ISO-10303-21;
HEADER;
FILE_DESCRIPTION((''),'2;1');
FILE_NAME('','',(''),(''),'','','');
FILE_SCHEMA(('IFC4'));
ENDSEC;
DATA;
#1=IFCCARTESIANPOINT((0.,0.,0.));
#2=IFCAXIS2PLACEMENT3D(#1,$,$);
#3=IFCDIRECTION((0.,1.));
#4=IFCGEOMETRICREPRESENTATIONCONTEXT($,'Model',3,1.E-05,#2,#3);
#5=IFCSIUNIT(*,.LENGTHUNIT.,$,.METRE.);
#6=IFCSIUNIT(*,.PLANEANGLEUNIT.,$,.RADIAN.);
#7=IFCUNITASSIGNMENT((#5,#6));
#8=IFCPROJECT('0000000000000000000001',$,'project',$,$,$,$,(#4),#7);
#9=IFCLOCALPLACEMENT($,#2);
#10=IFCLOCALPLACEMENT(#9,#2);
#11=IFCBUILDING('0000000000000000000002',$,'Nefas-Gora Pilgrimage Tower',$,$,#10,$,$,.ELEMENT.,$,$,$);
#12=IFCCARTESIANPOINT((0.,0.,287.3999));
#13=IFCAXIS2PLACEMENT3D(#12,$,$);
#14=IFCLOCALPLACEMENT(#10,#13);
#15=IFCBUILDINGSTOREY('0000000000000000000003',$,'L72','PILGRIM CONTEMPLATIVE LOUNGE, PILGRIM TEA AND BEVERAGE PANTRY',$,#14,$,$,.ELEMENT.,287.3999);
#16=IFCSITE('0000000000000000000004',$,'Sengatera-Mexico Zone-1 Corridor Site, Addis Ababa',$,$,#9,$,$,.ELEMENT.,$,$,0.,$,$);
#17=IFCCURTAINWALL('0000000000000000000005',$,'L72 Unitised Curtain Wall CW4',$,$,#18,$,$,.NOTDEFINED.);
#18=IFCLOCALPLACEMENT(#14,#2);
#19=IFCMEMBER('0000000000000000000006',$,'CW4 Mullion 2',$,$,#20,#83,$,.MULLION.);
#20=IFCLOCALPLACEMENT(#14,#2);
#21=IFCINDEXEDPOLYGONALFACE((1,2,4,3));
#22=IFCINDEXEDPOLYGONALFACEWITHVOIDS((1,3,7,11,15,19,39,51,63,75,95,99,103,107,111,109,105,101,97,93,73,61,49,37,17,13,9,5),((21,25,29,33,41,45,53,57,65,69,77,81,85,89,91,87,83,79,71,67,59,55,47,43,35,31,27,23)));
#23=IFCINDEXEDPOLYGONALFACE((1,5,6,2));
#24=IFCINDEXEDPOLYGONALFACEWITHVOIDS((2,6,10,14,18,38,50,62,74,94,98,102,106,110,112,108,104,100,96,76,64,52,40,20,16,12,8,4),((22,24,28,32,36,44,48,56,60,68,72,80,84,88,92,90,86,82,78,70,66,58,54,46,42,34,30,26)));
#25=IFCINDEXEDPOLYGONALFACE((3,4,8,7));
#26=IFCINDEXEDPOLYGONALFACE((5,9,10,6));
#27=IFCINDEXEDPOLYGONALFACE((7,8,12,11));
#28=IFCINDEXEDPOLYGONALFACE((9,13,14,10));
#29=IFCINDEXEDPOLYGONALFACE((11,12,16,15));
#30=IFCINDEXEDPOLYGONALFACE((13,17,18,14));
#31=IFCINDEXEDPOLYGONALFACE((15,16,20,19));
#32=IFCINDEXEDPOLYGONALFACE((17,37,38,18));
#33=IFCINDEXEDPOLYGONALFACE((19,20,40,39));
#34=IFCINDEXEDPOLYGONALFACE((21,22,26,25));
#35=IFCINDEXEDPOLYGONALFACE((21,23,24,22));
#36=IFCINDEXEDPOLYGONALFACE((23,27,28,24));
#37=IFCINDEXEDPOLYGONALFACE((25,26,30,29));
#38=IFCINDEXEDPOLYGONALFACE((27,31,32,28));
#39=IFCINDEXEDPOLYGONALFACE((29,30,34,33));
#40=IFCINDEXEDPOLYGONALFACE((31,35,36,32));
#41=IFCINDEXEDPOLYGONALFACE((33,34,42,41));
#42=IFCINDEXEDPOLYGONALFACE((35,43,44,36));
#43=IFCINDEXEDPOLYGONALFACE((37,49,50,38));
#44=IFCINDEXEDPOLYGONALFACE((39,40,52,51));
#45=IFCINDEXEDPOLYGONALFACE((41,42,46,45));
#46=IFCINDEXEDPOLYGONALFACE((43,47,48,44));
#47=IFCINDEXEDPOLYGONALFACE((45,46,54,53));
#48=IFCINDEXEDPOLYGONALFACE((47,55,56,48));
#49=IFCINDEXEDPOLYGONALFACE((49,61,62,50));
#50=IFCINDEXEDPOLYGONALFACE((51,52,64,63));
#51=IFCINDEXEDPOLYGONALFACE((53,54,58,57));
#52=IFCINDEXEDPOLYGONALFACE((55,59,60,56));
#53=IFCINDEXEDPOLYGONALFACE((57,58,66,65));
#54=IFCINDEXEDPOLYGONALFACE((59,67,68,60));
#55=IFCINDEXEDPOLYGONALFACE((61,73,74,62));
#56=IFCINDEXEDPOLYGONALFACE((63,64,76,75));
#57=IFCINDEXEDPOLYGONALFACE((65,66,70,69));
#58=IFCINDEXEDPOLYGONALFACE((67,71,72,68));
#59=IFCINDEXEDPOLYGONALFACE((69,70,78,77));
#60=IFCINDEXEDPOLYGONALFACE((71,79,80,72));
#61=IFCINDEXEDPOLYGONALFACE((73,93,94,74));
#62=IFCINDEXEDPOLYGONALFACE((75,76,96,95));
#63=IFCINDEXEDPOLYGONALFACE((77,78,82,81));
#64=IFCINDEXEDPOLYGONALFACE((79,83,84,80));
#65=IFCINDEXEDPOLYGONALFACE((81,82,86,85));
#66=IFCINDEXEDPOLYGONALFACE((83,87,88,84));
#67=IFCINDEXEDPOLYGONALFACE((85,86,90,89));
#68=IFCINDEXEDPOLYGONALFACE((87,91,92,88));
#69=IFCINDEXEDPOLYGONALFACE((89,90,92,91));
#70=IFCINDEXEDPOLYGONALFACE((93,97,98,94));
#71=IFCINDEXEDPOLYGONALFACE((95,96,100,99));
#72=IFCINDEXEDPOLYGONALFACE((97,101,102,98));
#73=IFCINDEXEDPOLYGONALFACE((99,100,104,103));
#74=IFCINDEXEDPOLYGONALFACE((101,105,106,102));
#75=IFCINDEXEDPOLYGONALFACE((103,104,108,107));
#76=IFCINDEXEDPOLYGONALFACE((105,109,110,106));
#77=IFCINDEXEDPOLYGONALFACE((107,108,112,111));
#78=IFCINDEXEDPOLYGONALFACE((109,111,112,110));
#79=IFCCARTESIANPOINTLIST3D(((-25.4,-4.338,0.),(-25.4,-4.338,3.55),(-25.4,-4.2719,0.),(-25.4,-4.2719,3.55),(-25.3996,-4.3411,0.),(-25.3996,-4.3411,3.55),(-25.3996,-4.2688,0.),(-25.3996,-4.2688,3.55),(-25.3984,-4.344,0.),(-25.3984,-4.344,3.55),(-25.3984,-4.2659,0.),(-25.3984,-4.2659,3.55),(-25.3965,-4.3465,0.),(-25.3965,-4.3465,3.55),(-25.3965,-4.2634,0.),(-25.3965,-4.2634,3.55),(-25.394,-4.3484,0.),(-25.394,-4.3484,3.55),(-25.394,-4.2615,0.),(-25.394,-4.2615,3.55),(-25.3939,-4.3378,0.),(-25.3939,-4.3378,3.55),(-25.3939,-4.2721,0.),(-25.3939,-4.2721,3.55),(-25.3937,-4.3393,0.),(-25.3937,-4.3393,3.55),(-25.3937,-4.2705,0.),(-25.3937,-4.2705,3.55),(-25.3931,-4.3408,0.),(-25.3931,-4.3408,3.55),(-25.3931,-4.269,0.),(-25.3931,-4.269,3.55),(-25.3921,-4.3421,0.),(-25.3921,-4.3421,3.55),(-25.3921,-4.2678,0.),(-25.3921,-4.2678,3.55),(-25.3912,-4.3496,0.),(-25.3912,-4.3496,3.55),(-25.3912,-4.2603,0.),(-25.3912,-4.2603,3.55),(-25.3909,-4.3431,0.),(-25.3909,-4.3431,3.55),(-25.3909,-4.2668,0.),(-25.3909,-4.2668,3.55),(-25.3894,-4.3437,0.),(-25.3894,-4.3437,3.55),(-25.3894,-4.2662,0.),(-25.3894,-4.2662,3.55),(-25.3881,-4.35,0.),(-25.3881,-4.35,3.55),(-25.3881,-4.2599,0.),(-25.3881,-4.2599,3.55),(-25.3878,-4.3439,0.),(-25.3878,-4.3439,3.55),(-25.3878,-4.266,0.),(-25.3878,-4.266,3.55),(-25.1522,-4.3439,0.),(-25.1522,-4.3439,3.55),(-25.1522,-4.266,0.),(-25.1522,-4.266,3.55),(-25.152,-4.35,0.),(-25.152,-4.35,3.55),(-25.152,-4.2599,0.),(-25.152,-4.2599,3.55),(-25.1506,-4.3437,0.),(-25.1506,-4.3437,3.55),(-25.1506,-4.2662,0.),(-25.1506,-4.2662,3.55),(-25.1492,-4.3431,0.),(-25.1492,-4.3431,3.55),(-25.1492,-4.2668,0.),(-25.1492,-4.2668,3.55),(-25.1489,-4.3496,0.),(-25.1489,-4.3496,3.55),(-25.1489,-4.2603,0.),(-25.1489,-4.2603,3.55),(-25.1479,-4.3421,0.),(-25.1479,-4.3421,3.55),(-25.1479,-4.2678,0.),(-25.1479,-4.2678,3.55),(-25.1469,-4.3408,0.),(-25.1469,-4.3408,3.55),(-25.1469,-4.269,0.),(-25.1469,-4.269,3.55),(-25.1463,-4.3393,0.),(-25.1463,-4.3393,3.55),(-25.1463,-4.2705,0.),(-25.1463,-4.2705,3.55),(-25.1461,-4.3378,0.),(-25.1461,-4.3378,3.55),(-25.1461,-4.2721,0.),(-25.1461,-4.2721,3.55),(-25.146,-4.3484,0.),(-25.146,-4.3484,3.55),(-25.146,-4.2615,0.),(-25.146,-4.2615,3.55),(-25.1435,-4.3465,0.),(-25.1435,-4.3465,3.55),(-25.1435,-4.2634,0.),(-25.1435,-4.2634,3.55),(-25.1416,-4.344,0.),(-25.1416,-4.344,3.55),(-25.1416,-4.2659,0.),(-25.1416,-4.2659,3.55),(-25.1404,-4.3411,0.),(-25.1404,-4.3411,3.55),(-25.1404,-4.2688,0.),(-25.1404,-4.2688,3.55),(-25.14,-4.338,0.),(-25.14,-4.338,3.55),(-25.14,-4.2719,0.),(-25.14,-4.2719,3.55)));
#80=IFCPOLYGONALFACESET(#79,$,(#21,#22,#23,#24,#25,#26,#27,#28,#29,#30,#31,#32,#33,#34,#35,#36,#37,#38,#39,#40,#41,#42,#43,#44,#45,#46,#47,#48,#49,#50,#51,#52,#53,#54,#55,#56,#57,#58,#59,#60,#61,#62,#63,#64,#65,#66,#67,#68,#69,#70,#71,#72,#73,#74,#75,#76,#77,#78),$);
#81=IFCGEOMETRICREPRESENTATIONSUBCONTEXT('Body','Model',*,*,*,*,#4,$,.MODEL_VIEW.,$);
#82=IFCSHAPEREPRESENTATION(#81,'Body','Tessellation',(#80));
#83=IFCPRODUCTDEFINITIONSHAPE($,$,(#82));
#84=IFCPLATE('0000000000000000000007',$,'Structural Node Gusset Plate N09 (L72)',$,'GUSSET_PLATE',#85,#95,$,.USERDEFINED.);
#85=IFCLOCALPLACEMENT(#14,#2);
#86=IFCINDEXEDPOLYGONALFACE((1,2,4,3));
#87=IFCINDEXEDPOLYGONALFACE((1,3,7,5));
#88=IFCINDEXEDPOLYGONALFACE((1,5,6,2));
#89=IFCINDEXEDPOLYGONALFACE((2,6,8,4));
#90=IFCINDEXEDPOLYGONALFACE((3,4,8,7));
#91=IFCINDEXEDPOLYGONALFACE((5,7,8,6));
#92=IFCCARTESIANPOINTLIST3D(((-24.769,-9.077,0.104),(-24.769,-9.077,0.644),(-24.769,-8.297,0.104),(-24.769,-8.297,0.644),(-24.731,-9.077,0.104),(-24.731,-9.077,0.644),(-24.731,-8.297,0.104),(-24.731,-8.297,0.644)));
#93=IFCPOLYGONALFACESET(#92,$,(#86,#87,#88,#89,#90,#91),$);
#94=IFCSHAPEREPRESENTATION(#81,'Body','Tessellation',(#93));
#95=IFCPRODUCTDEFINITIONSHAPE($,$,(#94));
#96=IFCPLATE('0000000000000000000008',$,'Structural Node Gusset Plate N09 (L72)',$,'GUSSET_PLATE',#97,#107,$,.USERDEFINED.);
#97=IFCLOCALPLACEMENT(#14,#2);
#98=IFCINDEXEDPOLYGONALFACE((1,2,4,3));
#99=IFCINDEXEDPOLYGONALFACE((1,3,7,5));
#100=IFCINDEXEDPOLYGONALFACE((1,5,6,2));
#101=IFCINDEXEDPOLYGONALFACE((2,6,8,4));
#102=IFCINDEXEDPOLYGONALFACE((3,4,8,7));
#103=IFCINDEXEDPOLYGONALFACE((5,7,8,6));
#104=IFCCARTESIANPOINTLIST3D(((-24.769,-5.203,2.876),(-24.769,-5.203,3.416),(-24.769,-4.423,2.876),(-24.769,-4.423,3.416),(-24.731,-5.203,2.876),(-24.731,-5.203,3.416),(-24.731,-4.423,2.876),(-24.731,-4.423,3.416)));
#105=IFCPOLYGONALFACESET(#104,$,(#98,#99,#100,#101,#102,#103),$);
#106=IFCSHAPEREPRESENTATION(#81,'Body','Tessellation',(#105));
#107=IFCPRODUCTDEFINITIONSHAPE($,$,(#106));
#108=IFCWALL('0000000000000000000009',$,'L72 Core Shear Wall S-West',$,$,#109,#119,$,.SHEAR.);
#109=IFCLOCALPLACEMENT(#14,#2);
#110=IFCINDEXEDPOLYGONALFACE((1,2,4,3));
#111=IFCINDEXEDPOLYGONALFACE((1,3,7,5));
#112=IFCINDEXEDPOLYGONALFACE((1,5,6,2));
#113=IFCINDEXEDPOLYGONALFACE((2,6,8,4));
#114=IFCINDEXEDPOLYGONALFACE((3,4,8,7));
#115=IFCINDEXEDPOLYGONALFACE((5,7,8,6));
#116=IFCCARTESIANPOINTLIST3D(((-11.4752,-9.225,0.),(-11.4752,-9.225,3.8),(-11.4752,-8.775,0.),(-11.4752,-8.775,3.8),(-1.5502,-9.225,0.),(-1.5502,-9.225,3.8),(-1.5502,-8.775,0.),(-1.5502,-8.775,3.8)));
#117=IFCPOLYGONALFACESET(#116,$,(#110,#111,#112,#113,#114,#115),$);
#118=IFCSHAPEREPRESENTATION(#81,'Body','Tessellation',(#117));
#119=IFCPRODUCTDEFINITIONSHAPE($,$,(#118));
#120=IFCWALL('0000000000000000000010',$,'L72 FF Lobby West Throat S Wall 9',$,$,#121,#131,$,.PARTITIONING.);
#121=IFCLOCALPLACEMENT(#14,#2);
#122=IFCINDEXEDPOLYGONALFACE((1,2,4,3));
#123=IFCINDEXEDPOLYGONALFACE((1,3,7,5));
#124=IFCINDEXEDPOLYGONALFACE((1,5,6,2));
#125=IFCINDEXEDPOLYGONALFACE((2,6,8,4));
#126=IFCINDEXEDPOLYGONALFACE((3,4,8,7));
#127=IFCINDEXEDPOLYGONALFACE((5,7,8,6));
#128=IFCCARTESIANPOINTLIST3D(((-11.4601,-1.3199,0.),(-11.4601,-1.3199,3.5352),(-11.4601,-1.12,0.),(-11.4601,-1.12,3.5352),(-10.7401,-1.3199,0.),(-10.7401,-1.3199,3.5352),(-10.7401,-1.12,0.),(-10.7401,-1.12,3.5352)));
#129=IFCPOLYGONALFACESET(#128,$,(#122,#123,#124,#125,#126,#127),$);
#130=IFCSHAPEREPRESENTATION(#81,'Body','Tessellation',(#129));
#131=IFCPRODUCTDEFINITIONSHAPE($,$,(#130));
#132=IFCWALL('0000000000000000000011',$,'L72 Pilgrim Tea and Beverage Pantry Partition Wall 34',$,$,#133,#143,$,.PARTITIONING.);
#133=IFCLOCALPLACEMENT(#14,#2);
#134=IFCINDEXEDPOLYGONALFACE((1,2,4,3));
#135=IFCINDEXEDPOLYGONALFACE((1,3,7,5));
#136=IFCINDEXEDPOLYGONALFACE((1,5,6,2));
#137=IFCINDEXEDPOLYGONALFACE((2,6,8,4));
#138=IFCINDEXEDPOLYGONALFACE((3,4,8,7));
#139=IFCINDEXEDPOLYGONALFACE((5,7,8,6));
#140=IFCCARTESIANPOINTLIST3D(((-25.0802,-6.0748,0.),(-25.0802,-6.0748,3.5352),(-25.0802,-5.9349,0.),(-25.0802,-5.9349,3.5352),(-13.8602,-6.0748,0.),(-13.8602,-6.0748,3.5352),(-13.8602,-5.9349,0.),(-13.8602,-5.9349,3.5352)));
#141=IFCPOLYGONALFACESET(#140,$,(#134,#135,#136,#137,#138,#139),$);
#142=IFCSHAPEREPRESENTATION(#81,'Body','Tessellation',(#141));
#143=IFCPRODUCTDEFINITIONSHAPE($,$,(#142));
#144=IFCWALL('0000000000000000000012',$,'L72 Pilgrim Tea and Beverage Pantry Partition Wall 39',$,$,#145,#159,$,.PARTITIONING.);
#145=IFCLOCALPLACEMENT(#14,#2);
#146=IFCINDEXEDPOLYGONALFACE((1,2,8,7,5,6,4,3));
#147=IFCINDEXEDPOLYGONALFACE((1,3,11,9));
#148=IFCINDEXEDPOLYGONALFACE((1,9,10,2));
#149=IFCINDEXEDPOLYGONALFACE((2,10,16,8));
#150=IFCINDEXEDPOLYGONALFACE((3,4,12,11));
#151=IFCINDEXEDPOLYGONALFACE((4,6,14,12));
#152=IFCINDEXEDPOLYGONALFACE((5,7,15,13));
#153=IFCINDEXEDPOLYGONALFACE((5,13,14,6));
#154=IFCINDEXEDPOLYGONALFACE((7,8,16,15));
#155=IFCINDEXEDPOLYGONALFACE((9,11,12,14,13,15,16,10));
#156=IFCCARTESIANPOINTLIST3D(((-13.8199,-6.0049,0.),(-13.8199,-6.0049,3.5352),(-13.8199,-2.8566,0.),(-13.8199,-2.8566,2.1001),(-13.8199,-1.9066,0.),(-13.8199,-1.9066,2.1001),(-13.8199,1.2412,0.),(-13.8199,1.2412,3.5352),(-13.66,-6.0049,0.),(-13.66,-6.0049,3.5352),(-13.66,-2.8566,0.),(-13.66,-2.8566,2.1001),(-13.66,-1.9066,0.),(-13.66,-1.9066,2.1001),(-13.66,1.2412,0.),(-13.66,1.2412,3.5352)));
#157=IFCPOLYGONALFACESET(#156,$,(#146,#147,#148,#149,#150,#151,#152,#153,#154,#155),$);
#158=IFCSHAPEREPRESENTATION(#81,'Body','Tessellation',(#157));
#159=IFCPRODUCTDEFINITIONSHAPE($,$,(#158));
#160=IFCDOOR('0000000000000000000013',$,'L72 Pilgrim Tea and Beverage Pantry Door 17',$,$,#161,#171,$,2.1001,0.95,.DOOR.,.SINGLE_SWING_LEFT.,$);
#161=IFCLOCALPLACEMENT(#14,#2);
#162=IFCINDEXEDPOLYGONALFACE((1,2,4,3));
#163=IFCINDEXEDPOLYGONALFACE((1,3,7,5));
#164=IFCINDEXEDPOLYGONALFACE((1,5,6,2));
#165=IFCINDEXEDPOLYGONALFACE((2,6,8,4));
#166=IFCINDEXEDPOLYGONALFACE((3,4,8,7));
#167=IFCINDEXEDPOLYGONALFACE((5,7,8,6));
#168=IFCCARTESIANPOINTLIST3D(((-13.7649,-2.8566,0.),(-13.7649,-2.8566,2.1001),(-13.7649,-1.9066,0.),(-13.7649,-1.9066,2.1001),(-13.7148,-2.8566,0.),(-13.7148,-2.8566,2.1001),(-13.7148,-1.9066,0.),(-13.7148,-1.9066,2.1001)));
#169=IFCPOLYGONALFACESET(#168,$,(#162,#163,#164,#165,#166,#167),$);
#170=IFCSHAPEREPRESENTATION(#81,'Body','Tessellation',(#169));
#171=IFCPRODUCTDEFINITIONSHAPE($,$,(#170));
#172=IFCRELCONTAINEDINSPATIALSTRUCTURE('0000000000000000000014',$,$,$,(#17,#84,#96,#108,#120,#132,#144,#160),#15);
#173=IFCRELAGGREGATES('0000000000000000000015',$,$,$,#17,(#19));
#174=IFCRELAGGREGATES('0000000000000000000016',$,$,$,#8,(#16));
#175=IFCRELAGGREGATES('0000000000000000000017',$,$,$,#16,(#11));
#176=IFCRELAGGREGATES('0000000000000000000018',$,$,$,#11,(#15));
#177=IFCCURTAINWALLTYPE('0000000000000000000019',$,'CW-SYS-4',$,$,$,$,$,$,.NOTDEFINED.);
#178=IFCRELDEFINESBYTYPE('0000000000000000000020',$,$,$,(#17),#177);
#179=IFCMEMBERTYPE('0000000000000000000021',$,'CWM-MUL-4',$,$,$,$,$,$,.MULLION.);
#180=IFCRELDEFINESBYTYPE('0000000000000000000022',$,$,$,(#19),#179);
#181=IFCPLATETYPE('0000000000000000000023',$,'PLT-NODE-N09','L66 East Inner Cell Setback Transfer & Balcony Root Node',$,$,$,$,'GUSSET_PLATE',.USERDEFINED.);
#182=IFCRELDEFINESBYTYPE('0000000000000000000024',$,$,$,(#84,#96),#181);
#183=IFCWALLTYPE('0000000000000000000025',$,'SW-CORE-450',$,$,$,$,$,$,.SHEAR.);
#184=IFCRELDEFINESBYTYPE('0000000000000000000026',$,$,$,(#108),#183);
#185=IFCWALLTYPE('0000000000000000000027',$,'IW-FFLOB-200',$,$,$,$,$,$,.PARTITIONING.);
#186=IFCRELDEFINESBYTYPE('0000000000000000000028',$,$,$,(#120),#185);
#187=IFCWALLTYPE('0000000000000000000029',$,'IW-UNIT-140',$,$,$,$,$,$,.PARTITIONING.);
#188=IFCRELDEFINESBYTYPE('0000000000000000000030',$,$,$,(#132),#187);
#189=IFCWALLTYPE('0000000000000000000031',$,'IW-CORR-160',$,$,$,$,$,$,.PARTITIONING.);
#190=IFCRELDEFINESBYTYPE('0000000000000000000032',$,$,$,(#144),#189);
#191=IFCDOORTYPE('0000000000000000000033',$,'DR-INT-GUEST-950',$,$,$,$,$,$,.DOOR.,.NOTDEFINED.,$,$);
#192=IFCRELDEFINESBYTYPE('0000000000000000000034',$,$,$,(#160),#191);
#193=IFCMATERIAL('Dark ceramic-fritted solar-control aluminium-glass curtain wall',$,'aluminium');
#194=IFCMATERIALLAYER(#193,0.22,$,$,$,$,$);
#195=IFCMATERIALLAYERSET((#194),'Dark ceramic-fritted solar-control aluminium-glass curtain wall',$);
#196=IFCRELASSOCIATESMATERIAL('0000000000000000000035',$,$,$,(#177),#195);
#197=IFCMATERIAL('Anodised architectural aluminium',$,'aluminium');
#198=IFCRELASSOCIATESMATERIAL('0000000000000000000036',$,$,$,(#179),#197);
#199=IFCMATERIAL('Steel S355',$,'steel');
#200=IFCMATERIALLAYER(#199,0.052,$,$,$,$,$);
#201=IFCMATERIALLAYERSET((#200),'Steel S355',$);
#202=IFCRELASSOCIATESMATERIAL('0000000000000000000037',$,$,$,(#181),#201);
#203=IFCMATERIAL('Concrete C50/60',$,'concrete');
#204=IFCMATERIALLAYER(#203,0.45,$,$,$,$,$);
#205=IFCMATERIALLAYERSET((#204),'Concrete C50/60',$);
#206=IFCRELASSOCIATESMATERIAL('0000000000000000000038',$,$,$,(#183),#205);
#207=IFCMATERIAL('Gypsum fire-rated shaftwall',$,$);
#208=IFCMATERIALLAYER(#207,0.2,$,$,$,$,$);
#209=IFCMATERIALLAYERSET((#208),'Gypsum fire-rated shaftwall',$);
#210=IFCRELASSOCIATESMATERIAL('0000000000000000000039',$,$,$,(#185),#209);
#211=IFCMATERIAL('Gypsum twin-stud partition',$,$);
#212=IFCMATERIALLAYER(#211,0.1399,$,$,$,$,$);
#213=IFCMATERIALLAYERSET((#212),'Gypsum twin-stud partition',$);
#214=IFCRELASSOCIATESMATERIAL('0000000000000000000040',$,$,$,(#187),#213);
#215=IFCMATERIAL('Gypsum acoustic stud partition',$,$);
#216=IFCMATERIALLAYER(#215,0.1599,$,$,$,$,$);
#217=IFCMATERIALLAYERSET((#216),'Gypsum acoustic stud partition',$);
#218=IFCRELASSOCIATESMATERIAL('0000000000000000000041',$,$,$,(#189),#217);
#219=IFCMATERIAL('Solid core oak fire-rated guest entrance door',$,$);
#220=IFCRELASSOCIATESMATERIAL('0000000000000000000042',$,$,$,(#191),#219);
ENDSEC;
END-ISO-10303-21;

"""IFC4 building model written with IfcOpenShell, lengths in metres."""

from ifc_helpers import new_model, si_unit, direction, frame, frame_2d, origin, origin_2d, place, context, subcontext, project, spatial, rectangle, hollow_rectangle, extrude, source, transform, mapped, material, layer, layer_set, material_profile, profile_set, type_object, element, fill, aggregate, save


model = new_model("IFC4")

# Units and contexts
model_context = context("Model", 3, precision=1e-05, world=origin(), true_north=direction((0.0, 1.0)))
body_context = subcontext(model_context, "Body", "Model", "MODEL_VIEW")
ifc_project = project(units=[si_unit("LENGTHUNIT", "METRE"), si_unit("PLANEANGLEUNIT", "RADIAN")], contexts=[model_context])

# Site, building, storey
site_placement = place(None, origin())
site = spatial("IfcSite", under=ifc_project, at=site_placement, Name="Sengatera-Mexico Zone-1 Corridor Site, Addis Ababa", CompositionType="ELEMENT", RefElevation=0.0)
building_placement = place(site_placement, origin())
building = spatial("IfcBuilding", under=site, at=building_placement, Name="Nefas-Gora Pilgrimage Tower", CompositionType="ELEMENT")
storey_placement = place(building_placement, frame((0.0, 0.0, 287.3999)))
storey = spatial("IfcBuildingStorey", under=building, at=storey_placement, Name="L72", Description="PILGRIM CONTEMPLATIVE LOUNGE, PILGRIM TEA AND BEVERAGE PANTRY", CompositionType="ELEMENT", Elevation=287.3999)

# Shared definitions
ifc_material_1 = material(Name="Steel S355", Category="steel")

# Curtain wall, member
ifc_material_2 = material(Name="Dark ceramic-fritted solar-control aluminium-glass curtain wall", Category="aluminium")
ifc_layer_1 = layer(ifc_material_2, 0.22)
ifc_layer_set_1 = layer_set([ifc_layer_1], Name="Dark ceramic-fritted solar-control aluminium-glass curtain wall")
curtain_wall_type = type_object("IfcCurtainWallType", Name="CW-SYS-4", PredefinedType="NOTDEFINED", material=ifc_layer_set_1)
curtain_wall_placement = place(storey_placement, origin())
curtain_wall = element("IfcCurtainWall", 1, at=curtain_wall_placement, inside=storey, type_object=curtain_wall_type, Name="L72 Unitised Curtain Wall CW4", PredefinedType="NOTDEFINED")
ifc_material_3 = material(Name="Anodised architectural aluminium", Category="aluminium")
ifc_material_profile_1 = material_profile(ifc_material_3, hollow_rectangle(XDim=0.0901, YDim=0.26, WallThickness=0.0061, InnerFilletRadius=0.0061, OuterFilletRadius=0.012, at=origin_2d()), Name="ALU MULLION 90x260")
ifc_profile_set_1 = profile_set([ifc_material_profile_1], Name="Anodised architectural aluminium")
member_type_1 = type_object("IfcMemberType", Name="CWM-MUL-4", PredefinedType="MULLION", material=ifc_profile_set_1)
shared_shape_1 = source(origin(), body_context, "Body", "SweptSolid", [
    extrude(hollow_rectangle(XDim=0.0901, YDim=0.26, WallThickness=0.0061, InnerFilletRadius=0.0061, OuterFilletRadius=0.012, at=origin_2d()), origin(), (0.0, 0.0, 1.0), 3.55),
])
member_1_placement = place(storey_placement, frame((-25.27, -4.3049, 0.0), z_axis=(0.0, 0.0, 1.0), x_axis=(0.0, -1.0, 0.0)))
member_1 = element("IfcMember", 2, at=member_1_placement, type_object=member_type_1, Name="CW4 Mullion 2", PredefinedType="MULLION", context=body_context, shape_type="MappedRepresentation", body=[
    mapped(shared_shape_1, transform((0.0, 0.0, 0.0), x_axis=(1.0, 0.0, 0.0), y_axis=(0.0, 1.0, 0.0), z_axis=(0.0, 0.0, 1.0), scale=1.0)),
])
aggregate(curtain_wall, [member_1])

# Plates
ifc_layer_2 = layer(ifc_material_1, 0.052)
ifc_layer_set_2 = layer_set([ifc_layer_2], Name="Steel S355")
plate_type = type_object("IfcPlateType", Name="PLT-NODE-N09", Description="L66 East Inner Cell Setback Transfer & Balcony Root Node", ElementType="GUSSET_PLATE", PredefinedType="USERDEFINED", material=ifc_layer_set_2)
shared_shape_2 = source(origin(), body_context, "Body", "SweptSolid", [
    extrude(rectangle(XDim=0.78, YDim=0.0381, at=origin_2d()), origin(), (0.0, 0.0, 1.0), 0.54),
])
for number, where, z_axis, x_axis, name in (
    (3, (-24.75, -8.687, 0.104), (0.0, 0.0, 1.0), (0.0, 1.0, 0.0), "Structural Node Gusset Plate N09 (L72)"),
    (4, (-24.75, -4.813, 2.876), (0.0, 0.0, 1.0), (0.0, 1.0, 0.0), "Structural Node Gusset Plate N09 (L72)"),
):
    element("IfcPlate", number, at=place(storey_placement, frame(where, z_axis=z_axis, x_axis=x_axis)), inside=storey, type_object=plate_type, Name=name, ObjectType="GUSSET_PLATE", PredefinedType="USERDEFINED", context=body_context, shape_type="MappedRepresentation", body=[
        mapped(shared_shape_2, transform((0.0, 0.0, 0.0), x_axis=(1.0, 0.0, 0.0), y_axis=(0.0, 1.0, 0.0), z_axis=(0.0, 0.0, 1.0), scale=1.0)),
    ])

# Walls
ifc_material_4 = material(Name="Concrete C50/60", Category="concrete")
ifc_layer_3 = layer(ifc_material_4, 0.45)
ifc_layer_set_3 = layer_set([ifc_layer_3], Name="Concrete C50/60")
wall_type_1 = type_object("IfcWallType", Name="SW-CORE-450", PredefinedType="SHEAR", material=ifc_layer_set_3)
shared_shape_3 = source(origin(), body_context, "Body", "SweptSolid", [
    extrude(rectangle(XDim=9.925, YDim=0.45, at=frame_2d((4.9624, 0.0))), origin(), (0.0, 0.0, 1.0), 3.8),
])
wall_1_placement = place(storey_placement, frame((-11.4751, -9.0, 0.0), z_axis=(0.0, 0.0, 1.0), x_axis=(1.0, 0.0, 0.0)))
element("IfcWall", 5, at=wall_1_placement, inside=storey, type_object=wall_type_1, Name="L72 Core Shear Wall S-West", PredefinedType="SHEAR", context=body_context, shape_type="MappedRepresentation", body=[
    mapped(shared_shape_3, transform((0.0, 0.0, 0.0), x_axis=(1.0, 0.0, 0.0), y_axis=(0.0, 1.0, 0.0), z_axis=(0.0, 0.0, 1.0), scale=1.0)),
])
ifc_material_5 = material(Name="Gypsum fire-rated shaftwall")
ifc_layer_4 = layer(ifc_material_5, 0.2)
ifc_layer_set_4 = layer_set([ifc_layer_4], Name="Gypsum fire-rated shaftwall")
wall_type_2 = type_object("IfcWallType", Name="IW-FFLOB-200", PredefinedType="PARTITIONING", material=ifc_layer_set_4)
shared_shape_4 = source(origin(), body_context, "Body", "SweptSolid", [
    extrude(rectangle(XDim=0.72, YDim=0.2, at=frame_2d((0.3599, 0.0))), origin(), (0.0, 0.0, 1.0), 3.5352),
])
wall_2_placement = place(storey_placement, frame((-11.46, -1.22, 0.0), z_axis=(0.0, 0.0, 1.0), x_axis=(1.0, 0.0, 0.0)))
element("IfcWall", 6, at=wall_2_placement, inside=storey, type_object=wall_type_2, Name="L72 FF Lobby West Throat S Wall 9", PredefinedType="PARTITIONING", context=body_context, shape_type="MappedRepresentation", body=[
    mapped(shared_shape_4, transform((0.0, 0.0, 0.0), x_axis=(1.0, 0.0, 0.0), y_axis=(0.0, 1.0, 0.0), z_axis=(0.0, 0.0, 1.0), scale=1.0)),
])
ifc_material_6 = material(Name="Gypsum twin-stud partition")
ifc_layer_5 = layer(ifc_material_6, 0.1399)
ifc_layer_set_5 = layer_set([ifc_layer_5], Name="Gypsum twin-stud partition")
wall_type_3 = type_object("IfcWallType", Name="IW-UNIT-140", PredefinedType="PARTITIONING", material=ifc_layer_set_5)
shared_shape_5 = source(origin(), body_context, "Body", "SweptSolid", [
    extrude(rectangle(XDim=11.22, YDim=0.1399, at=frame_2d((5.6099, 0.0))), origin(), (0.0, 0.0, 1.0), 3.5352),
])
wall_3_placement = place(storey_placement, frame((-25.0801, -6.0049, 0.0), z_axis=(0.0, 0.0, 1.0), x_axis=(1.0, 0.0, 0.0)))
element("IfcWall", 7, at=wall_3_placement, inside=storey, type_object=wall_type_3, Name="L72 Pilgrim Tea and Beverage Pantry Partition Wall 34", PredefinedType="PARTITIONING", context=body_context, shape_type="MappedRepresentation", body=[
    mapped(shared_shape_5, transform((0.0, 0.0, 0.0), x_axis=(1.0, 0.0, 0.0), y_axis=(0.0, 1.0, 0.0), z_axis=(0.0, 0.0, 1.0), scale=1.0)),
])

# Wall, opening, door
ifc_material_7 = material(Name="Gypsum acoustic stud partition")
ifc_layer_6 = layer(ifc_material_7, 0.1599)
ifc_layer_set_6 = layer_set([ifc_layer_6], Name="Gypsum acoustic stud partition")
wall_type_4 = type_object("IfcWallType", Name="IW-CORR-160", PredefinedType="PARTITIONING", material=ifc_layer_set_6)
shared_shape_6 = source(origin(), body_context, "Body", "SweptSolid", [
    extrude(rectangle(XDim=7.2461, YDim=0.1599, at=frame_2d((3.623, 0.0))), origin(), (0.0, 0.0, 1.0), 3.5352),
])
wall_4_placement = place(storey_placement, frame((-13.74, -6.0049, 0.0), z_axis=(0.0, 0.0, 1.0), x_axis=(0.0, 1.0, 0.0)))
wall_4 = element("IfcWall", 8, at=wall_4_placement, inside=storey, type_object=wall_type_4, Name="L72 Pilgrim Tea and Beverage Pantry Partition Wall 39", PredefinedType="PARTITIONING", context=body_context, shape_type="MappedRepresentation", body=[
    mapped(shared_shape_6, transform((0.0, 0.0, 0.0), x_axis=(1.0, 0.0, 0.0), y_axis=(0.0, 1.0, 0.0), z_axis=(0.0, 0.0, 1.0), scale=1.0)),
])
opening_1_placement = place(wall_4_placement, frame((3.1482, 0.0, 0.0)))
opening_1 = element("IfcOpeningElement", 9, at=opening_1_placement, cuts=wall_4, PredefinedType="OPENING", context=body_context, shape_type="SweptSolid", body=[
    extrude(rectangle(XDim=0.95, YDim=2.1001, at=frame_2d((0.4751, 1.05))), frame((0.0, 0.0898, 0.0), z_axis=(0.0, -1.0, 0.0), x_axis=(1.0, 0.0, 0.0)), (0.0, 0.0, 1.0), 0.1799),
])
ifc_material_8 = material(Name="Solid core oak fire-rated guest entrance door")
door_type_1 = type_object("IfcDoorType", Name="DR-INT-GUEST-950", OperationType="NOTDEFINED", PredefinedType="DOOR", material=ifc_material_8)
shared_shape_7 = source(origin(), body_context, "Body", "SweptSolid", [
    extrude(rectangle(XDim=0.95, YDim=2.1001, at=frame_2d((0.4751, 1.05))), frame((0.0, 0.0249, 0.0), z_axis=(0.0, -1.0, 0.0), x_axis=(1.0, 0.0, 0.0)), (0.0, 0.0, 1.0), 0.05),
])
door_1_placement = place(opening_1_placement, origin())
door_1 = element("IfcDoor", 10, at=door_1_placement, inside=storey, type_object=door_type_1, Name="L72 Pilgrim Tea and Beverage Pantry Door 17", OperationType="SINGLE_SWING_LEFT", OverallHeight=2.1001, OverallWidth=0.95, PredefinedType="DOOR", context=body_context, shape_type="MappedRepresentation", body=[
    mapped(shared_shape_7, transform((0.0, 0.0, 0.0), x_axis=(1.0, 0.0, 0.0), y_axis=(0.0, 1.0, 0.0), z_axis=(0.0, 0.0, 1.0), scale=1.0)),
])
fill(opening_1, door_1)

save(model, "model.ifc")
